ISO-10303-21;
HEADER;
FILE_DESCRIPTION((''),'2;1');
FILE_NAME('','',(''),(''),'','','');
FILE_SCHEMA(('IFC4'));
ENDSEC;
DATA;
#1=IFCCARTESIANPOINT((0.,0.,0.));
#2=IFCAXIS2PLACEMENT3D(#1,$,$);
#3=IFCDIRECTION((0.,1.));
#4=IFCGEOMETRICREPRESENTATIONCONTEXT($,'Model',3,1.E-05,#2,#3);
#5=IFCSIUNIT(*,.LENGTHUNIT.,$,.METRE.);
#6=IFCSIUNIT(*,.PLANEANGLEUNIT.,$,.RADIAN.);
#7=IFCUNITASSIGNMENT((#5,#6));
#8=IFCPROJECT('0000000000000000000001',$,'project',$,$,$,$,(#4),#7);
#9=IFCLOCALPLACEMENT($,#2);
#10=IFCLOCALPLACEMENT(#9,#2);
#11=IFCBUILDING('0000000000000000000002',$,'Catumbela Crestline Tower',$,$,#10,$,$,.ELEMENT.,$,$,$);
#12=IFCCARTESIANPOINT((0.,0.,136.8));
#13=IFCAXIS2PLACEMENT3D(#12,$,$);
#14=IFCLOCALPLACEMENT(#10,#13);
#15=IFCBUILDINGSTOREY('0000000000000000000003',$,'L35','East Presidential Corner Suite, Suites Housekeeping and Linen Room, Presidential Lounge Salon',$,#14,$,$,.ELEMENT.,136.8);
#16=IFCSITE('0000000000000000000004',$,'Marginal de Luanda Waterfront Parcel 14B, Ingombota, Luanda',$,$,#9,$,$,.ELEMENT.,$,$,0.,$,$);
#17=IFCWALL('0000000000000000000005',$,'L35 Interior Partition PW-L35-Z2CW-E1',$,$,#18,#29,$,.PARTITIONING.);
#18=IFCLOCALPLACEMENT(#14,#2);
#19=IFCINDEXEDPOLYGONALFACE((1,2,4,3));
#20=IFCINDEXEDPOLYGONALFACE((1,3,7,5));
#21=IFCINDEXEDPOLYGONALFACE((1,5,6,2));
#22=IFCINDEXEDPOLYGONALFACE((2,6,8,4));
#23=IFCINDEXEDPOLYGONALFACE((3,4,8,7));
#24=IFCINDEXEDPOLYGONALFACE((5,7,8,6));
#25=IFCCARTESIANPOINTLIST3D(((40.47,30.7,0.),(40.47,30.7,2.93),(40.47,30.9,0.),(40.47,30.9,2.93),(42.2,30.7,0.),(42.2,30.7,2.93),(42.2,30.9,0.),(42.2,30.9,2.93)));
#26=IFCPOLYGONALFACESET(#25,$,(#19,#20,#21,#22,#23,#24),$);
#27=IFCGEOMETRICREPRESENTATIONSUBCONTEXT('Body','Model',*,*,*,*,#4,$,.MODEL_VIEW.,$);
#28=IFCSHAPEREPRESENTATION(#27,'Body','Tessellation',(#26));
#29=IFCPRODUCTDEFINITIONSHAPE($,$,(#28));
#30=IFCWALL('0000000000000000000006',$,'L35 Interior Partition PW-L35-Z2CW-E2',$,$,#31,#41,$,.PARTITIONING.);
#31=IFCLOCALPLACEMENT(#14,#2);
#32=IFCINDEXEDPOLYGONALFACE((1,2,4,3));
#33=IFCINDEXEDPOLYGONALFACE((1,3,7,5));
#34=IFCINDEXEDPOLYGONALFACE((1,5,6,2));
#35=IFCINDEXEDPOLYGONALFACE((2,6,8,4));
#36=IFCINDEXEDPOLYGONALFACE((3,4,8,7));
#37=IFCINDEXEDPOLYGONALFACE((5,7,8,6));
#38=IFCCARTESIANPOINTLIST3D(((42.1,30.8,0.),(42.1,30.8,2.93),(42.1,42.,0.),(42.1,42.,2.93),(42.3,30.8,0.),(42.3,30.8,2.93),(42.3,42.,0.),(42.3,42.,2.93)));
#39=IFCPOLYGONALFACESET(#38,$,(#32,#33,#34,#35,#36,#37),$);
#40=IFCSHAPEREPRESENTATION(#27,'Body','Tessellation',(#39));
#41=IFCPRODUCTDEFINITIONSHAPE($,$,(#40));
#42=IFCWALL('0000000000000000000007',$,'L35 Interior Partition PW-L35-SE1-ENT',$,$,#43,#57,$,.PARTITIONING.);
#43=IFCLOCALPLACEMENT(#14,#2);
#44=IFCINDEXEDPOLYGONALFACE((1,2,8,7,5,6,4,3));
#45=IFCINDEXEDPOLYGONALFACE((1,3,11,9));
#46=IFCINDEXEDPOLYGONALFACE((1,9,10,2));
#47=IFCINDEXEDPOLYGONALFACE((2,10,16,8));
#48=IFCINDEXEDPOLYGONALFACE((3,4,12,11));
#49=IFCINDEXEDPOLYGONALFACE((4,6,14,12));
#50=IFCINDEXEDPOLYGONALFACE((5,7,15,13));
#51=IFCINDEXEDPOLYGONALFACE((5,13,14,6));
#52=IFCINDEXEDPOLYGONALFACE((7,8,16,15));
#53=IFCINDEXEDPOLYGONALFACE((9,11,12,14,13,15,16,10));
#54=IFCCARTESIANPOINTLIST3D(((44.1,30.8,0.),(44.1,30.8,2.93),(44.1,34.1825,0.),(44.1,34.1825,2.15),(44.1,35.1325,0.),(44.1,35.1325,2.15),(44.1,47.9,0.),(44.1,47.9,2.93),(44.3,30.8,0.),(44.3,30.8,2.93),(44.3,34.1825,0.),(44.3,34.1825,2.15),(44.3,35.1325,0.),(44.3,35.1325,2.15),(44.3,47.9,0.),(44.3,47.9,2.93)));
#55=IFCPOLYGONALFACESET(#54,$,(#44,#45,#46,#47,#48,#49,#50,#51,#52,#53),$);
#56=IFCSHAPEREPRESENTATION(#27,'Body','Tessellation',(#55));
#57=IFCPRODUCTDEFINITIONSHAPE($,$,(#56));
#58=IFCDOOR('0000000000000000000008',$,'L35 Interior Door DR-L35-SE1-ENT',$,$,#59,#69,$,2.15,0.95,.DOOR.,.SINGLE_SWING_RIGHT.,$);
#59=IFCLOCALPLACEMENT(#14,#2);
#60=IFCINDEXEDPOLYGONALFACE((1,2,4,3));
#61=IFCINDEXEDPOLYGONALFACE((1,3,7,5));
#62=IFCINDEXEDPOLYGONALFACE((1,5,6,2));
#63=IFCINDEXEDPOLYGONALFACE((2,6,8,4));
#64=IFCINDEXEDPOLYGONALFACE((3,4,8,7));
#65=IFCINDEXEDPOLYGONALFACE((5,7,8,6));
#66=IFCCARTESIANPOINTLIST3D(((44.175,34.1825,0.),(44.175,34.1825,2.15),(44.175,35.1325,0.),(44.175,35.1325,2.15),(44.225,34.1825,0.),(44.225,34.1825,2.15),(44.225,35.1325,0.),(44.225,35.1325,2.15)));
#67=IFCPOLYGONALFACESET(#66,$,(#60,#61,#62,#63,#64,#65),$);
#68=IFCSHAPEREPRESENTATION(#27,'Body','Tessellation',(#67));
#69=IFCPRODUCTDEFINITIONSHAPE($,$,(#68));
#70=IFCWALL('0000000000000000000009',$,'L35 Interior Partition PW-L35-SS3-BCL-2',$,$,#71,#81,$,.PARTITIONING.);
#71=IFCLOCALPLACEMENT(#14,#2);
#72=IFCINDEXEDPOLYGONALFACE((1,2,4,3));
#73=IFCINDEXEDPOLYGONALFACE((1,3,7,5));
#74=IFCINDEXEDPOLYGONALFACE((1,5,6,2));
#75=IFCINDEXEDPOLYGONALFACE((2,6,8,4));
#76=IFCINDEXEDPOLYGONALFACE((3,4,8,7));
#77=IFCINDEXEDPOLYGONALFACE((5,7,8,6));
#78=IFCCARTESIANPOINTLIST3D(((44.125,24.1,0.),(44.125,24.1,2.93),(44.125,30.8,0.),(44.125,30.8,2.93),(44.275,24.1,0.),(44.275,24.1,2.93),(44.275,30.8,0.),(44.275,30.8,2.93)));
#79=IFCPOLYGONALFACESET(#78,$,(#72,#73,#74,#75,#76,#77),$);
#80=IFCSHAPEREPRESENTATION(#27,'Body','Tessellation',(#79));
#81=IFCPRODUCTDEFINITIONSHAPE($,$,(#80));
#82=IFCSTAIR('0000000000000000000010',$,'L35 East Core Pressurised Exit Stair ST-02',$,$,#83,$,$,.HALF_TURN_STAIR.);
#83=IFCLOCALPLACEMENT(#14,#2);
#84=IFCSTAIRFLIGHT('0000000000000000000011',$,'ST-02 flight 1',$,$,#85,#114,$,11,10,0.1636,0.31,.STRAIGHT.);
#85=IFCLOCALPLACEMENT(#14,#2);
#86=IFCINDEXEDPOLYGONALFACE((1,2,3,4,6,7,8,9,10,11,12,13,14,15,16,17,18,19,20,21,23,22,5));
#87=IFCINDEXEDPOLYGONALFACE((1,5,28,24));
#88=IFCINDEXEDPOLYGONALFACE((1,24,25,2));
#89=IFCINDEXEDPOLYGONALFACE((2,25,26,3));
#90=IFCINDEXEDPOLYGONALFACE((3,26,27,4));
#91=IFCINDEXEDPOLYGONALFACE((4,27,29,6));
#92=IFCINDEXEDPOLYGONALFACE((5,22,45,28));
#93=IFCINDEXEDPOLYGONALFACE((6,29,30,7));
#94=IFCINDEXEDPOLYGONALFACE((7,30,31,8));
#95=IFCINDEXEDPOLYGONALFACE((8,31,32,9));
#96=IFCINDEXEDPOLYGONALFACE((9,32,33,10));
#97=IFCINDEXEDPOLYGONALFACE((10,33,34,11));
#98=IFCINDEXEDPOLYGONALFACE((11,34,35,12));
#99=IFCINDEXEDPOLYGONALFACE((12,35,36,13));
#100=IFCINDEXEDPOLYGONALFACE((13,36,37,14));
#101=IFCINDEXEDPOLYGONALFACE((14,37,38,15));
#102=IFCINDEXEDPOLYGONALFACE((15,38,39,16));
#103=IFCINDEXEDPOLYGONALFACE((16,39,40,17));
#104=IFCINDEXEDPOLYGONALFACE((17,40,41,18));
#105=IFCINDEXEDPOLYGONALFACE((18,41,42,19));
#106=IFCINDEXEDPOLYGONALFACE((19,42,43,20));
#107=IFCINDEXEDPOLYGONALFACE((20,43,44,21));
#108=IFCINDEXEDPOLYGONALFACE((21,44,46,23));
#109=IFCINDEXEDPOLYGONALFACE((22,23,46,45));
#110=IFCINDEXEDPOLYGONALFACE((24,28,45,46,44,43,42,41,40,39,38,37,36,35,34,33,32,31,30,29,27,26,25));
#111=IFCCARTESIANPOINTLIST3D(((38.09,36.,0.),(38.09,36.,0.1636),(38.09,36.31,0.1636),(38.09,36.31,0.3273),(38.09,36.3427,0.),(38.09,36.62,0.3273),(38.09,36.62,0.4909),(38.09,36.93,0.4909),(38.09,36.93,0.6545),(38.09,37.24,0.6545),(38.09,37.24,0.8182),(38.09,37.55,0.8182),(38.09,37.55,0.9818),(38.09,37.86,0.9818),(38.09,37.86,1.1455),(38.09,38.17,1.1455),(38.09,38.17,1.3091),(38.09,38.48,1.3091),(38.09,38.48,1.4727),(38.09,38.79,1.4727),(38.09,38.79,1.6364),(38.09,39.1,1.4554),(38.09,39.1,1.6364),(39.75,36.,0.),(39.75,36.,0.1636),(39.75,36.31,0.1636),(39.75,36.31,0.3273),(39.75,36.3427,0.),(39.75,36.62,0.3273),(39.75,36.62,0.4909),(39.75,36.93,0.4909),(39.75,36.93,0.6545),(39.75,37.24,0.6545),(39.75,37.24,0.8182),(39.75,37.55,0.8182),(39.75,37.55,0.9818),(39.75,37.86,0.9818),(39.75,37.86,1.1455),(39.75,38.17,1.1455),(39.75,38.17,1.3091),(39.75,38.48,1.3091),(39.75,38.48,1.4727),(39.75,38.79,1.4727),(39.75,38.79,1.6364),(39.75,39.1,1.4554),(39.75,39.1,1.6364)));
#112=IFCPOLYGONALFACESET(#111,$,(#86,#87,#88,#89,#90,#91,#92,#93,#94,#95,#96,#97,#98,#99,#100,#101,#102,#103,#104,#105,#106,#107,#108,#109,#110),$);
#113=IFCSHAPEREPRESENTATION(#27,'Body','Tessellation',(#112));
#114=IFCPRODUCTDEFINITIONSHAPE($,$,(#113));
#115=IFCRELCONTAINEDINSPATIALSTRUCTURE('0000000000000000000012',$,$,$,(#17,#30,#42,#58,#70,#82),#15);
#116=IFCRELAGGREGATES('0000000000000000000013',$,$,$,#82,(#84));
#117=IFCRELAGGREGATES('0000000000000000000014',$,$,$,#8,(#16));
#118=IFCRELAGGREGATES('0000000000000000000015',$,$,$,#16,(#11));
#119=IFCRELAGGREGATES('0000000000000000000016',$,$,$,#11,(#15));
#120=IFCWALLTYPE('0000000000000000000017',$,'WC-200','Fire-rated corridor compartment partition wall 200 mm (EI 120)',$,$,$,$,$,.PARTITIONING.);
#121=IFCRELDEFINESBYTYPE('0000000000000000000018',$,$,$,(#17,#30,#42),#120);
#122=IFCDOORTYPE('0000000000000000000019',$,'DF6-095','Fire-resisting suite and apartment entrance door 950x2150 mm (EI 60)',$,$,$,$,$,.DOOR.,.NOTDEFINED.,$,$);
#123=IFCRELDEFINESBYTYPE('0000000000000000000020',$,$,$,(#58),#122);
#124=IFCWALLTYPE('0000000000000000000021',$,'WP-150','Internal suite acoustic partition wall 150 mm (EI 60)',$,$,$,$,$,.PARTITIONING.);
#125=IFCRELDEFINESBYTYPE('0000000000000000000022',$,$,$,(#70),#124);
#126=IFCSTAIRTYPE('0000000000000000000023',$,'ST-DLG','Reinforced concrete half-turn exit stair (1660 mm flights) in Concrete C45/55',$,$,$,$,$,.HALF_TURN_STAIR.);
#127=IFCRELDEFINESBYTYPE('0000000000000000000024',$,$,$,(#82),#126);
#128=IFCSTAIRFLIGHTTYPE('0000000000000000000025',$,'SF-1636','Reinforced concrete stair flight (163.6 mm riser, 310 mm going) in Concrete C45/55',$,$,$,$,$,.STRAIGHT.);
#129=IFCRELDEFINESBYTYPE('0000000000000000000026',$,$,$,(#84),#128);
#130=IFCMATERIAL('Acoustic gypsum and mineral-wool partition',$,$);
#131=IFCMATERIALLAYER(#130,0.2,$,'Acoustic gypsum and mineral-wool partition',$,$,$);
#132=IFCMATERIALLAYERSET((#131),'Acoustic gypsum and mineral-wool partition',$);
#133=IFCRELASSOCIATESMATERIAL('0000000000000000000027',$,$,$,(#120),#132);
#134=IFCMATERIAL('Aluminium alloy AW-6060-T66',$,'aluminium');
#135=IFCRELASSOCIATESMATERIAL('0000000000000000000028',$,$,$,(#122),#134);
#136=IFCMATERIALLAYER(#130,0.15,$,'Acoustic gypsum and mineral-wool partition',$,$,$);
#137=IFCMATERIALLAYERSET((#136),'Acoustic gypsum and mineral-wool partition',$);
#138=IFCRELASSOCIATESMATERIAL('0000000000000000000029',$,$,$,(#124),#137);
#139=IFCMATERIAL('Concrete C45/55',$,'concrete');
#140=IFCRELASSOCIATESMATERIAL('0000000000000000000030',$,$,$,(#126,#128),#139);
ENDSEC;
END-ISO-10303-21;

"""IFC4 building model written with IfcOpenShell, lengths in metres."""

from ifc_helpers import new_model, si_unit, direction, frame, frame_2d, origin, place, context, subcontext, project, spatial, polyline, rectangle, outline, extrude, material, layer, layer_set, type_object, element, fill, aggregate, save


model = new_model("IFC4")

# Units and contexts
model_context = context("Model", 3, precision=1e-05, world=origin(), true_north=direction((0.0, 1.0)))
body_context = subcontext(model_context, "Body", "Model", "MODEL_VIEW")
ifc_project = project(units=[si_unit("LENGTHUNIT", "METRE"), si_unit("PLANEANGLEUNIT", "RADIAN")], contexts=[model_context])

# Site, building, storey
site_placement = place(None, origin())
site = spatial("IfcSite", under=ifc_project, at=site_placement, Name="Marginal de Luanda Waterfront Parcel 14B, Ingombota, Luanda", CompositionType="ELEMENT", RefElevation=0.0)
building_placement = place(site_placement, origin())
building = spatial("IfcBuilding", under=site, at=building_placement, Name="Catumbela Crestline Tower", CompositionType="ELEMENT")
storey_placement = place(building_placement, frame((0.0, 0.0, 136.8)))
storey = spatial("IfcBuildingStorey", under=building, at=storey_placement, Name="L35", Description="East Presidential Corner Suite, Suites Housekeeping and Linen Room, Presidential Lounge Salon", CompositionType="ELEMENT", Elevation=136.8)

# Shared definitions
ifc_material_1 = material(Name="Aluminium alloy AW-6060-T66", Category="aluminium")

# Walls
ifc_material_2 = material(Name="Acoustic gypsum and mineral-wool partition")
ifc_layer_1 = layer(ifc_material_2, 0.2, Name="Acoustic gypsum and mineral-wool partition")
ifc_layer_set_1 = layer_set([ifc_layer_1], Name="Acoustic gypsum and mineral-wool partition")
wall_type_1 = type_object("IfcWallType", Name="WC-200", Description="Fire-rated corridor compartment partition wall 200 mm (EI 120)", PredefinedType="PARTITIONING", material=ifc_layer_set_1)
wall_1_placement = place(storey_placement, frame((40.47, 30.8, 0.0), z_axis=(0.0, 0.0, 1.0), x_axis=(1.0, 0.0, 0.0)))
element("IfcWall", 1, at=wall_1_placement, inside=storey, type_object=wall_type_1, Name="L35 Interior Partition PW-L35-Z2CW-E1", PredefinedType="PARTITIONING", context=body_context, shape_type="SweptSolid", body=[
    extrude(rectangle(XDim=1.73, YDim=0.2, at=frame_2d((0.865, 0.0))), origin(), (0.0, 0.0, 1.0), 2.93),
])
wall_2_placement = place(storey_placement, frame((42.2, 30.8, 0.0), z_axis=(0.0, 0.0, 1.0), x_axis=(0.0, 1.0, 0.0)))
element("IfcWall", 2, at=wall_2_placement, inside=storey, type_object=wall_type_1, Name="L35 Interior Partition PW-L35-Z2CW-E2", PredefinedType="PARTITIONING", context=body_context, shape_type="SweptSolid", body=[
    extrude(rectangle(XDim=11.2, YDim=0.2, at=frame_2d((5.6, 0.0))), origin(), (0.0, 0.0, 1.0), 2.93),
])

# Wall, opening, door
wall_3_placement = place(storey_placement, frame((44.2, 30.8, 0.0), z_axis=(0.0, 0.0, 1.0), x_axis=(0.0, 1.0, 0.0)))
wall_3 = element("IfcWall", 3, at=wall_3_placement, inside=storey, type_object=wall_type_1, Name="L35 Interior Partition PW-L35-SE1-ENT", PredefinedType="PARTITIONING", context=body_context, shape_type="SweptSolid", body=[
    extrude(rectangle(XDim=17.1, YDim=0.2, at=frame_2d((8.55, 0.0))), origin(), (0.0, 0.0, 1.0), 2.93),
])
opening_placement = place(wall_3_placement, frame((3.3825, 0.0, 0.0)))
opening = element("IfcOpeningElement", 4, at=opening_placement, cuts=wall_3, PredefinedType="OPENING", context=body_context, shape_type="SweptSolid", body=[
    extrude(rectangle(XDim=0.95, YDim=2.15, at=frame_2d((0.475, 1.075))), frame((0.0, 0.11, 0.0), z_axis=(0.0, -1.0, 0.0), x_axis=(1.0, 0.0, 0.0)), (0.0, 0.0, 1.0), 0.22),
])
door_type = type_object("IfcDoorType", Name="DF6-095", Description="Fire-resisting suite and apartment entrance door 950x2150 mm (EI 60)", OperationType="NOTDEFINED", PredefinedType="DOOR", material=ifc_material_1)
door_placement = place(opening_placement, origin())
door = element("IfcDoor", 5, at=door_placement, inside=storey, type_object=door_type, Name="L35 Interior Door DR-L35-SE1-ENT", OperationType="SINGLE_SWING_RIGHT", OverallHeight=2.15, OverallWidth=0.95, PredefinedType="DOOR", context=body_context, shape_type="SweptSolid", body=[
    extrude(rectangle(XDim=0.95, YDim=2.15, at=frame_2d((0.475, 1.075))), frame((0.0, 0.025, 0.0), z_axis=(0.0, -1.0, 0.0), x_axis=(1.0, 0.0, 0.0)), (0.0, 0.0, 1.0), 0.05),
])
fill(opening, door)

# Wall
ifc_layer_2 = layer(ifc_material_2, 0.15, Name="Acoustic gypsum and mineral-wool partition")
ifc_layer_set_2 = layer_set([ifc_layer_2], Name="Acoustic gypsum and mineral-wool partition")
wall_type_2 = type_object("IfcWallType", Name="WP-150", Description="Internal suite acoustic partition wall 150 mm (EI 60)", PredefinedType="PARTITIONING", material=ifc_layer_set_2)
wall_4_placement = place(storey_placement, frame((44.2, 30.8, 0.0), z_axis=(0.0, 0.0, 1.0), x_axis=(0.0, -1.0, 0.0)))
element("IfcWall", 6, at=wall_4_placement, inside=storey, type_object=wall_type_2, Name="L35 Interior Partition PW-L35-SS3-BCL-2", PredefinedType="PARTITIONING", context=body_context, shape_type="SweptSolid", body=[
    extrude(rectangle(XDim=6.7, YDim=0.15, at=frame_2d((3.35, 0.0))), origin(), (0.0, 0.0, 1.0), 2.93),
])

# Stair, stair flight
ifc_material_3 = material(Name="Concrete C45/55", Category="concrete")
stair_type = type_object("IfcStairType", Name="ST-DLG", Description="Reinforced concrete half-turn exit stair (1660 mm flights) in Concrete C45/55", PredefinedType="HALF_TURN_STAIR", material=ifc_material_3)
stair_placement = place(storey_placement, origin())
stair = element("IfcStair", 7, at=stair_placement, inside=storey, type_object=stair_type, Name="L35 East Core Pressurised Exit Stair ST-02", PredefinedType="HALF_TURN_STAIR")
stair_flight_type = type_object("IfcStairFlightType", Name="SF-1636", Description="Reinforced concrete stair flight (163.6 mm riser, 310 mm going) in Concrete C45/55", PredefinedType="STRAIGHT", material=ifc_material_3)
stair_flight_placement = place(storey_placement, frame((38.92, 36.0, 0.0), z_axis=(0.0, 0.0, 1.0), x_axis=(0.0, 1.0, 0.0)))
stair_flight = element("IfcStairFlight", 8, at=stair_flight_placement, type_object=stair_flight_type, Name="ST-02 flight 1", NumberOfRisers=11, NumberOfTreads=10, PredefinedType="STRAIGHT", RiserHeight=0.1636, TreadLength=0.31, context=body_context, shape_type="SweptSolid", body=[
    extrude(outline(polyline([(0.0, 0.0), (0.0, 0.1636), (0.31, 0.1636), (0.31, 0.3273), (0.62, 0.3273), (0.62, 0.4909), (0.93, 0.4909), (0.93, 0.6545), (1.24, 0.6545), (1.24, 0.8182), (1.55, 0.8182), (1.55, 0.9818), (1.86, 0.9818), (1.86, 1.1455), (2.17, 1.1455), (2.17, 1.3091), (2.48, 1.3091), (2.48, 1.4727), (2.79, 1.4727), (2.79, 1.6364), (3.1, 1.6364), (3.1, 1.8), (3.1, 1.4554), (0.3427, 0.0), (0.0, 0.0)])), frame((0.0, 0.83, 0.0), z_axis=(0.0, -1.0, 0.0), x_axis=(1.0, 0.0, 0.0)), (0.0, 0.0, 1.0), 1.66),
])
aggregate(stair, [stair_flight])

save(model, "model.ifc")
